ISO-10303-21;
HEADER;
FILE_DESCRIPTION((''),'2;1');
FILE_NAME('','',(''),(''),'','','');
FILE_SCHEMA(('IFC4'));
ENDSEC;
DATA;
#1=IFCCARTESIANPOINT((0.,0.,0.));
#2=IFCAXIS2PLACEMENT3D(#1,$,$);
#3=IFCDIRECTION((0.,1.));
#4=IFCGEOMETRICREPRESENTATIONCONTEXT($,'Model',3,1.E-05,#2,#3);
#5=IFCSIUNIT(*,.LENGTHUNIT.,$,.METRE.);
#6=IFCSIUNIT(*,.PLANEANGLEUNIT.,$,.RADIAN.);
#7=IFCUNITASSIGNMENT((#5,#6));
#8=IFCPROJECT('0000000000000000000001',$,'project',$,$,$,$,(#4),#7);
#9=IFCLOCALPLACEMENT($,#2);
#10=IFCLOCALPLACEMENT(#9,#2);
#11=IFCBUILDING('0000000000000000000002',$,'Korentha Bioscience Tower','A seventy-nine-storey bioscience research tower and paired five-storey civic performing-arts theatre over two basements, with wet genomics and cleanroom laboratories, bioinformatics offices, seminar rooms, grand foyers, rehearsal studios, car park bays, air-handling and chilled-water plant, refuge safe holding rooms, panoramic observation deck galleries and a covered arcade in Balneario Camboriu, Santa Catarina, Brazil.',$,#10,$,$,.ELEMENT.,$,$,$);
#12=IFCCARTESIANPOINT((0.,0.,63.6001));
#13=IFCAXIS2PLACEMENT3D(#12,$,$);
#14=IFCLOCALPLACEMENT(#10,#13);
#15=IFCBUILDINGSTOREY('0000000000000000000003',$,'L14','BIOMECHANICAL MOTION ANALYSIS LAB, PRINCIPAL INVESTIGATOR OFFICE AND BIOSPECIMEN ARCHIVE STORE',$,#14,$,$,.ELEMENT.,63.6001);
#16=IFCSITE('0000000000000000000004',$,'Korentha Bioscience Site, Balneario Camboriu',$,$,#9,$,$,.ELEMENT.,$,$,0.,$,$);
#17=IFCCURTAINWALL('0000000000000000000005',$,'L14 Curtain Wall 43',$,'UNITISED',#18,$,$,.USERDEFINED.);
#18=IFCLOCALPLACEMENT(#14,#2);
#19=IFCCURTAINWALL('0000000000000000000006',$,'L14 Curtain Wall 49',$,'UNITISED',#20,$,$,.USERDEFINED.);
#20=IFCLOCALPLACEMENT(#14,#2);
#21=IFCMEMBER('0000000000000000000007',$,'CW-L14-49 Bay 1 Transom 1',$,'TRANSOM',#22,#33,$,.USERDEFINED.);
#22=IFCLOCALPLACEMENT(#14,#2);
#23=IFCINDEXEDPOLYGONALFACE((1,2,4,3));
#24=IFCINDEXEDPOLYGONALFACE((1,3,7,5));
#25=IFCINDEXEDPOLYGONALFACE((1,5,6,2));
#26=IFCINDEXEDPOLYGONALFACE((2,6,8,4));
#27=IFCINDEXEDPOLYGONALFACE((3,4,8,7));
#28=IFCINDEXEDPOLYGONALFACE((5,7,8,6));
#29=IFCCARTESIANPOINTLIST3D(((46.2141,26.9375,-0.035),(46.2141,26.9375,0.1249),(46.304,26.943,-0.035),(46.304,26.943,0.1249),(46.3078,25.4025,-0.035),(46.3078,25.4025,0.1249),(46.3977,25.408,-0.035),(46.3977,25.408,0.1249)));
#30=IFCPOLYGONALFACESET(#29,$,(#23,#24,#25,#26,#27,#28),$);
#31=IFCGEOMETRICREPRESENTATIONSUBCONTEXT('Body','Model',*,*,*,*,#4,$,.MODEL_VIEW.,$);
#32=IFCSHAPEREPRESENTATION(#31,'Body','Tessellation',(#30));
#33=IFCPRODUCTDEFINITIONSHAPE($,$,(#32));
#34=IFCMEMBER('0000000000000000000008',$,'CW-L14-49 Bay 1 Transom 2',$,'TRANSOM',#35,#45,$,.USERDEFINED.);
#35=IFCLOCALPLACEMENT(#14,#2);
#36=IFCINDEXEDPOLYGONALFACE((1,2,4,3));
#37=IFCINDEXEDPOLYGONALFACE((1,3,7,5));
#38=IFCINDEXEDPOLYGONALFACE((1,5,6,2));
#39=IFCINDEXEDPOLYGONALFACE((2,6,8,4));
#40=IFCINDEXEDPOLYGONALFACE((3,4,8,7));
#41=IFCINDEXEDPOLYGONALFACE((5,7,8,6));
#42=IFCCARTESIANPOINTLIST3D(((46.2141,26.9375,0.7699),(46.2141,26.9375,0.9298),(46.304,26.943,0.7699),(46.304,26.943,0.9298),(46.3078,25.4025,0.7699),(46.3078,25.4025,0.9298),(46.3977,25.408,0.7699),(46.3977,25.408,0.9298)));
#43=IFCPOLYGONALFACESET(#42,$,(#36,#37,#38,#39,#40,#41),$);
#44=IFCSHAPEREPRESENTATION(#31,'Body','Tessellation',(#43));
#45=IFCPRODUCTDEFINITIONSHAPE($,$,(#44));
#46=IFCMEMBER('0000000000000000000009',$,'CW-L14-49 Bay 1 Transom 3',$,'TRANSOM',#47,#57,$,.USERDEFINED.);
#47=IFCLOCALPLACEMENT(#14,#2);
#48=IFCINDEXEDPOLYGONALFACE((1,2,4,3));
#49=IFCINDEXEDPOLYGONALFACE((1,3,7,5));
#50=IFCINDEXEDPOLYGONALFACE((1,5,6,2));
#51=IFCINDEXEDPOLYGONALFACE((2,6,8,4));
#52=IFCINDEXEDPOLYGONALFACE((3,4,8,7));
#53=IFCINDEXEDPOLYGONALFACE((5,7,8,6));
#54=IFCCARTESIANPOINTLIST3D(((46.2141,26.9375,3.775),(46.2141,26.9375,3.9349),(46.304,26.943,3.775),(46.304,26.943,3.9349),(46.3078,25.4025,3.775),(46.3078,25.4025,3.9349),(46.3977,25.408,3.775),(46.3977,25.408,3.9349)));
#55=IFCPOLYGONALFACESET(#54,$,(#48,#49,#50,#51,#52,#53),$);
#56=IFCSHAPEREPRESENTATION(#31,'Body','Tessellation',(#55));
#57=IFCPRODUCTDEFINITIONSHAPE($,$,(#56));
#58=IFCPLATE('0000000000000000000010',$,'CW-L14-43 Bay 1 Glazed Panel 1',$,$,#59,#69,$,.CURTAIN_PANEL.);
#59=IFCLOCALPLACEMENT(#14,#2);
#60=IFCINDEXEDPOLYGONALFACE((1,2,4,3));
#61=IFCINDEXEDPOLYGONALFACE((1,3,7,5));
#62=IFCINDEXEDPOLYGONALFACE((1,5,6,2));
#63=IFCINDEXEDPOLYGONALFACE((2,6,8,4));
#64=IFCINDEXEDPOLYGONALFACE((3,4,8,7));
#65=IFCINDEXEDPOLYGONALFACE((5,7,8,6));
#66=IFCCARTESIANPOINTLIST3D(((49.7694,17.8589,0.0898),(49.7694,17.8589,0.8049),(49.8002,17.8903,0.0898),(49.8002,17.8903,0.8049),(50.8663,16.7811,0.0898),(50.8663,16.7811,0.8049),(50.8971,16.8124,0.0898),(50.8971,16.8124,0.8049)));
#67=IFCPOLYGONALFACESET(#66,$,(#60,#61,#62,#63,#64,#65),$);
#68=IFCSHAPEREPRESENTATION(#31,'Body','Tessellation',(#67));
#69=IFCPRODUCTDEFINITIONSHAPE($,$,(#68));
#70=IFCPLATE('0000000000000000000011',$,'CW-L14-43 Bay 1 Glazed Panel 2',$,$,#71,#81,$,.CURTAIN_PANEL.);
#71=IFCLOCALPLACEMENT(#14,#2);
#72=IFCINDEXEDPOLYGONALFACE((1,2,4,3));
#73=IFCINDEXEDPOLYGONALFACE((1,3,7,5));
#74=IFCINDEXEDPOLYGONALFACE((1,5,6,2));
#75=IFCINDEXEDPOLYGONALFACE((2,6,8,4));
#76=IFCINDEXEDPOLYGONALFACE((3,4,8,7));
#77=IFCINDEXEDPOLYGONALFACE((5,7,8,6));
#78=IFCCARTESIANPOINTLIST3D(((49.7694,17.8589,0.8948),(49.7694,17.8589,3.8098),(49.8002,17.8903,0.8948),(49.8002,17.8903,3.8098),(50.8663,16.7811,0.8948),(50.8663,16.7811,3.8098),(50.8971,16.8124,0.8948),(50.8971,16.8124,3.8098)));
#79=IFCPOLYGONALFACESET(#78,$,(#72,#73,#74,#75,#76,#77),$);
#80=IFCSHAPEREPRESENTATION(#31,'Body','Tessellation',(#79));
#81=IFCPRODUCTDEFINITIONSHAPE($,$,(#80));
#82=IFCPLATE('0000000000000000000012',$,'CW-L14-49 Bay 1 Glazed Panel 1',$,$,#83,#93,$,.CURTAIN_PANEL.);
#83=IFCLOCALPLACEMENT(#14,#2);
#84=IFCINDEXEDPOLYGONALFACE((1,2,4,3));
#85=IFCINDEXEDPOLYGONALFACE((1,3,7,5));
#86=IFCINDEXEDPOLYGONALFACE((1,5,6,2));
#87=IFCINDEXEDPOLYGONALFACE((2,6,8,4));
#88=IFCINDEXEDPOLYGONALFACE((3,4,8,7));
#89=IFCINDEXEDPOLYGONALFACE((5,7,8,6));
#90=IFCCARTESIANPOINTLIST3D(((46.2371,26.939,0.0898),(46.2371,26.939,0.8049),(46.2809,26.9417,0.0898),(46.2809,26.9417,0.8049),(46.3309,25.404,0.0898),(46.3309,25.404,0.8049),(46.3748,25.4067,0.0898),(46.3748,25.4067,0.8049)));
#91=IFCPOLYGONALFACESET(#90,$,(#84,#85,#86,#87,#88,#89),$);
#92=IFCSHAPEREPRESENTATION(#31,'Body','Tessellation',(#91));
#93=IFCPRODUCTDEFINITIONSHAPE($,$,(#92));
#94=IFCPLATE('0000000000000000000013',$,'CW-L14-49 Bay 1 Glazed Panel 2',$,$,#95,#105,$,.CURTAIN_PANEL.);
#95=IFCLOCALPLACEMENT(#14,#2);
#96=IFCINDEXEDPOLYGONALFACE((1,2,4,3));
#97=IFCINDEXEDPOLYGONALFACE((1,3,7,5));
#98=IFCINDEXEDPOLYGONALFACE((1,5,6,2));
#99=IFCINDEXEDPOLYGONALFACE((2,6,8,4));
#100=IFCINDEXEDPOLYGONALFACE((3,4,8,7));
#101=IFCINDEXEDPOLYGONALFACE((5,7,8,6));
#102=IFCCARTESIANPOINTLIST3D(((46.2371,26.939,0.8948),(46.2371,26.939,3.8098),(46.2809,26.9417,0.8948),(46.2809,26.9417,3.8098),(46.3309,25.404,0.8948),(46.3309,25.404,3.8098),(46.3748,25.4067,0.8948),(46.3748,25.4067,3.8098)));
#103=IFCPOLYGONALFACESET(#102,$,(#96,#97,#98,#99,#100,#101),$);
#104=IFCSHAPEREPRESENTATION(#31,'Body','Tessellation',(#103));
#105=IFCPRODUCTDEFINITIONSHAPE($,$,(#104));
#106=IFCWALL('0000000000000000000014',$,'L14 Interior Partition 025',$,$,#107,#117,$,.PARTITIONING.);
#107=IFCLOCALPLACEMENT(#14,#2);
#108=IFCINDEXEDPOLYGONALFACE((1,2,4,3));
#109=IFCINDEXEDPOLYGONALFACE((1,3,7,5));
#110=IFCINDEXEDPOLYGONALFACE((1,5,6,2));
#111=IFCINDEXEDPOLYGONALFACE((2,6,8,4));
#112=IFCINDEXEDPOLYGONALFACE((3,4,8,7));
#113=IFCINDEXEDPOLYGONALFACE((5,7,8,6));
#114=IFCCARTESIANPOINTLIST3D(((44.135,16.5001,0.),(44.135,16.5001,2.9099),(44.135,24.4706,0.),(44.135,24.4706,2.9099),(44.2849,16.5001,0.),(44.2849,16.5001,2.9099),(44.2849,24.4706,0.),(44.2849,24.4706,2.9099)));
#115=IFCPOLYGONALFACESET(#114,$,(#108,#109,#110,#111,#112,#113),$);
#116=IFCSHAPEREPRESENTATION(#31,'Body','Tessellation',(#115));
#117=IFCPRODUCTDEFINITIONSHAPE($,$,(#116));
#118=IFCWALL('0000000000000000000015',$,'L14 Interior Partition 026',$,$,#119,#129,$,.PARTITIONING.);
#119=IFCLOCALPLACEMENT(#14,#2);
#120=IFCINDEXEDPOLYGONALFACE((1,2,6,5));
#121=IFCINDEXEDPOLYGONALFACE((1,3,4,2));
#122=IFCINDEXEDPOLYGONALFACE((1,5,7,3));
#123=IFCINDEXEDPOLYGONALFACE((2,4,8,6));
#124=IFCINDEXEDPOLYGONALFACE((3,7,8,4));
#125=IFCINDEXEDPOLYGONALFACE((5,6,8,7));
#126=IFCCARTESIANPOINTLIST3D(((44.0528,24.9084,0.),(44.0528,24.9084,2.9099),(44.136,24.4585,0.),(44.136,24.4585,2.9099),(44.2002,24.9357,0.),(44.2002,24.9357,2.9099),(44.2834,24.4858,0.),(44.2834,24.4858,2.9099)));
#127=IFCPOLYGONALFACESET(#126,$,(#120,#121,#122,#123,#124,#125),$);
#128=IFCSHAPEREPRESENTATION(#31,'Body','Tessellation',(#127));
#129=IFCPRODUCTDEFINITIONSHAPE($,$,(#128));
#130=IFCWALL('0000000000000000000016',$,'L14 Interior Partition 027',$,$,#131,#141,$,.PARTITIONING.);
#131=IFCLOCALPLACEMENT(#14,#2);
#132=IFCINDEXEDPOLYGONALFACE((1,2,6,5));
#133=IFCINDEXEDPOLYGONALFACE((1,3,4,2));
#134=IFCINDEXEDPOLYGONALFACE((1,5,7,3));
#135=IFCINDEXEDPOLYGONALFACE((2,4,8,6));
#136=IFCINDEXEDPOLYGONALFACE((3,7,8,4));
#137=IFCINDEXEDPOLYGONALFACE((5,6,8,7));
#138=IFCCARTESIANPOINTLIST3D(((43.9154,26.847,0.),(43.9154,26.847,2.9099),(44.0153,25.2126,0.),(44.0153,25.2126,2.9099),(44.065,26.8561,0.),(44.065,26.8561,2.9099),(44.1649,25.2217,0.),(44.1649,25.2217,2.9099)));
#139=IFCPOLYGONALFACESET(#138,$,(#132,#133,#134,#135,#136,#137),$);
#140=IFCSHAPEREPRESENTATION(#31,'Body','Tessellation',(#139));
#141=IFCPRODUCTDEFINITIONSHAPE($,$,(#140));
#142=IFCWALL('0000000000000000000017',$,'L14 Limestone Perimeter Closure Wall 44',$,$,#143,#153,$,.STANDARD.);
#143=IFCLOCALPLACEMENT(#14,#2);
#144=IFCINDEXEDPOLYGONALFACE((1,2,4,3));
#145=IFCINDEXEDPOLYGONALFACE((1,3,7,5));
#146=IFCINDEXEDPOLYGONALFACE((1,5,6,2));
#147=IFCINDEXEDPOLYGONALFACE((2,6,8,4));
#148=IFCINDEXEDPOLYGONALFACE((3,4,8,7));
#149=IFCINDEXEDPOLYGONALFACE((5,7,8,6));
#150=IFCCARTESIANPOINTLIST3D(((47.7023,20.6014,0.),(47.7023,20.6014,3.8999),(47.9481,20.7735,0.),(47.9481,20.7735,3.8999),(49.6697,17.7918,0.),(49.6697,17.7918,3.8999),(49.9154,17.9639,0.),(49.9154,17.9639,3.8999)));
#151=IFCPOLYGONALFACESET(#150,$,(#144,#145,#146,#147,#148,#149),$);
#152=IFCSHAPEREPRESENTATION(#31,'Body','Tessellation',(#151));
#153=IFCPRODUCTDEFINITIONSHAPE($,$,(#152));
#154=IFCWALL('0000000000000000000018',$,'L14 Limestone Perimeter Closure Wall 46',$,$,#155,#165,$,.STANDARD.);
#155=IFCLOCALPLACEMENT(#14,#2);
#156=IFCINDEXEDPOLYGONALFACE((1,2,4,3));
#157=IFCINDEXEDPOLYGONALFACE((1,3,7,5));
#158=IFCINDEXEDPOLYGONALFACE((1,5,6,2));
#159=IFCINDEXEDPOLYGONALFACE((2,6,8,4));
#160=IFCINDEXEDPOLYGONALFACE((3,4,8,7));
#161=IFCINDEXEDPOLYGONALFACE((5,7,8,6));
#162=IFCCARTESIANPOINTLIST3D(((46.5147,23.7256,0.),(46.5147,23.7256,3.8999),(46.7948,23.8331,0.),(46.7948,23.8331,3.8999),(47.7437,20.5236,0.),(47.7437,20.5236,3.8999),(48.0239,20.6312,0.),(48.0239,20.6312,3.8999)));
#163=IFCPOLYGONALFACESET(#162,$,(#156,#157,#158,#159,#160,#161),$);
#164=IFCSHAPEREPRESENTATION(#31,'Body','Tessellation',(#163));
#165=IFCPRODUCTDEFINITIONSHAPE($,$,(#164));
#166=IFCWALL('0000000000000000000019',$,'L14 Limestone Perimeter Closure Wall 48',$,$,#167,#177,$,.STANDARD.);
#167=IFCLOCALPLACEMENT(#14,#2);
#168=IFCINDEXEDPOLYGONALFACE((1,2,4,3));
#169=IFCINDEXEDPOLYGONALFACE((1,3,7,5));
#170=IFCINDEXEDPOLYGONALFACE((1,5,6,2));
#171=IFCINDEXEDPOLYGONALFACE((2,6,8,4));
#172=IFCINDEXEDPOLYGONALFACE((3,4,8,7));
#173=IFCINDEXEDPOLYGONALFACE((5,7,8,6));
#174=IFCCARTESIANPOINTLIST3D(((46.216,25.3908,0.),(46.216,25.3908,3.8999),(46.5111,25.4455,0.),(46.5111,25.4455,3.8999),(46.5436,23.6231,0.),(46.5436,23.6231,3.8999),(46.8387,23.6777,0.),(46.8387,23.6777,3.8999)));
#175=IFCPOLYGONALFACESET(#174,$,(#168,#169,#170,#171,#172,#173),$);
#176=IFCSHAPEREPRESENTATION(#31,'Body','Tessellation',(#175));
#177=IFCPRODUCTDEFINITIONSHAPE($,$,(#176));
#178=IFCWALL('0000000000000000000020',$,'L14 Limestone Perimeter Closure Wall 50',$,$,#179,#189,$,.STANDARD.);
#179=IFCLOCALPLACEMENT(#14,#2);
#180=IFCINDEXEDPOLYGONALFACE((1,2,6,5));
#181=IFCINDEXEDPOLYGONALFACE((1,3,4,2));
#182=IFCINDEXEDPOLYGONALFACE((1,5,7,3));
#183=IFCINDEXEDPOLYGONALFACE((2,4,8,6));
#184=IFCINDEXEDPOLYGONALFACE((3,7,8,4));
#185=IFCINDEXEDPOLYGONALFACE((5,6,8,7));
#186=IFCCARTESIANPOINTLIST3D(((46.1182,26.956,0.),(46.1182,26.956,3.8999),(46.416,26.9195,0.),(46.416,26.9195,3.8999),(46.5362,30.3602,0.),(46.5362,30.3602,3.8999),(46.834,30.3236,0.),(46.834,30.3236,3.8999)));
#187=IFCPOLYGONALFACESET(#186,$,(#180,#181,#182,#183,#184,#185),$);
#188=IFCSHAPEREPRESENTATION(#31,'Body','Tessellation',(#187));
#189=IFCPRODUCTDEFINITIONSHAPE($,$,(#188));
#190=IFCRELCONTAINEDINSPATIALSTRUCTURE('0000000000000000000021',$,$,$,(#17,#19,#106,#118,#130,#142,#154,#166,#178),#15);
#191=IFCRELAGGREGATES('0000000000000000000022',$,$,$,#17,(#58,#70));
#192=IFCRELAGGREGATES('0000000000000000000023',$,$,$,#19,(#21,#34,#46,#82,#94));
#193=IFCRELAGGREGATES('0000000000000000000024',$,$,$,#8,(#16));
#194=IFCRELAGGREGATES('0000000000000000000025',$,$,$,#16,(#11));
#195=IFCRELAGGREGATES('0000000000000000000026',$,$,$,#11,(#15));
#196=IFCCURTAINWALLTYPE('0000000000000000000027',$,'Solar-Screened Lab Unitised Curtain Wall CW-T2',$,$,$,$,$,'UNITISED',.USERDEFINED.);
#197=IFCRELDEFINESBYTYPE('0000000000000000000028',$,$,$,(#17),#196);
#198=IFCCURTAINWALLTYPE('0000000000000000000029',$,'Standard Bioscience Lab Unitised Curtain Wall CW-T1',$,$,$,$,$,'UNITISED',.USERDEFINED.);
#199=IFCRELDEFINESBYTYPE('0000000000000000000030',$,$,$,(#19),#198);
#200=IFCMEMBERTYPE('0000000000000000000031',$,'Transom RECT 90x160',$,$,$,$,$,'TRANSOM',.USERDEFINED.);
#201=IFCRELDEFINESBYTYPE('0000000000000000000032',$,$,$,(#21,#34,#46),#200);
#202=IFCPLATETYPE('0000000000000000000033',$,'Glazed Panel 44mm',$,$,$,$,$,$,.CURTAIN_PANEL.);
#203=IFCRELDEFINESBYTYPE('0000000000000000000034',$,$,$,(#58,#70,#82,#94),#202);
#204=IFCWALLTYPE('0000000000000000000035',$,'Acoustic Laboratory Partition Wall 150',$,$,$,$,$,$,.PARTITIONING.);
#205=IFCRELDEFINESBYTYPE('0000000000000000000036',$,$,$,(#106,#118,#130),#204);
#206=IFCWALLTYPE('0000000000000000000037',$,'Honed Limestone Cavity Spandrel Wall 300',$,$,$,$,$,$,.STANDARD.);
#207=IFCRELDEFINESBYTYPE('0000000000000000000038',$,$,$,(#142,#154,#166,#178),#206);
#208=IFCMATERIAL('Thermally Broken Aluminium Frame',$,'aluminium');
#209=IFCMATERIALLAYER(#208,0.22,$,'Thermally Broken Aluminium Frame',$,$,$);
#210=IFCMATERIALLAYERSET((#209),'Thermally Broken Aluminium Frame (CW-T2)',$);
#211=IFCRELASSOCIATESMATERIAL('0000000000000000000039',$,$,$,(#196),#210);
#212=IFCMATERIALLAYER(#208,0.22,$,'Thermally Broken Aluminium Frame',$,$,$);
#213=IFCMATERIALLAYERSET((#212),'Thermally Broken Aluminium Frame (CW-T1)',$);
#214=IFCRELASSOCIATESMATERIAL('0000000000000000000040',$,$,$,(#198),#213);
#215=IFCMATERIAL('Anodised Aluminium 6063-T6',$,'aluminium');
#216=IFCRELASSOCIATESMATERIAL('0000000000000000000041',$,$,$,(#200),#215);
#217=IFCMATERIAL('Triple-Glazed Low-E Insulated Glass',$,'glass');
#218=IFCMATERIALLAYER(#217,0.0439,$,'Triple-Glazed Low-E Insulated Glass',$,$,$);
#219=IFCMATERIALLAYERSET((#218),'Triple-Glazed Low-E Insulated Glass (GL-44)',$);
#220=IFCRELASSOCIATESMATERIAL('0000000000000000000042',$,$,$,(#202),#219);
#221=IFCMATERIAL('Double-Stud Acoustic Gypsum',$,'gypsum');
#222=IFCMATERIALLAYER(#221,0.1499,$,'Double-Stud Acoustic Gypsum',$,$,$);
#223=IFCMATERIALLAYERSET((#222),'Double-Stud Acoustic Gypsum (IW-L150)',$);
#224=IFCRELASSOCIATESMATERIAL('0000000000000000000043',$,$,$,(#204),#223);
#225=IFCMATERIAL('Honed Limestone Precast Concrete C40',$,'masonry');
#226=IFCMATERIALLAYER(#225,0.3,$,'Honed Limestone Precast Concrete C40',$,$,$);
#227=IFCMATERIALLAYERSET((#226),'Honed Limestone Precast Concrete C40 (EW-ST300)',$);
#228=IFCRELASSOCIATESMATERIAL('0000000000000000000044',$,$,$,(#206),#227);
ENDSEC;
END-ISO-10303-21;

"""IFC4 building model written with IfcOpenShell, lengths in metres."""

from ifc_helpers import new_model, si_unit, direction, frame, frame_2d, origin, origin_2d, place, context, subcontext, project, spatial, rectangle, extrude, material, layer, layer_set, material_profile, profile_set, type_object, element, aggregate, save


model = new_model("IFC4")

# Units and contexts
model_context = context("Model", 3, precision=1e-05, world=origin(), true_north=direction((0.0, 1.0)))
body_context = subcontext(model_context, "Body", "Model", "MODEL_VIEW")
ifc_project = project(units=[si_unit("LENGTHUNIT", "METRE"), si_unit("PLANEANGLEUNIT", "RADIAN")], contexts=[model_context])

# Site, building, storey
site_placement = place(None, origin())
site = spatial("IfcSite", under=ifc_project, at=site_placement, Name="Korentha Bioscience Site, Balneario Camboriu", CompositionType="ELEMENT", RefElevation=0.0)
building_placement = place(site_placement, origin())
building = spatial("IfcBuilding", under=site, at=building_placement, Name="Korentha Bioscience Tower", Description="A seventy-nine-storey bioscience research tower and paired five-storey civic performing-arts theatre over two basements, with wet genomics and cleanroom laboratories, bioinformatics offices, seminar rooms, grand foyers, rehearsal studios, car park bays, air-handling and chilled-water plant, refuge safe holding rooms, panoramic observation deck galleries and a covered arcade in Balneario Camboriu, Santa Catarina, Brazil.", CompositionType="ELEMENT")
storey_placement = place(building_placement, frame((0.0, 0.0, 63.6001)))
storey = spatial("IfcBuildingStorey", under=building, at=storey_placement, Name="L14", Description="BIOMECHANICAL MOTION ANALYSIS LAB, PRINCIPAL INVESTIGATOR OFFICE AND BIOSPECIMEN ARCHIVE STORE", CompositionType="ELEMENT", Elevation=63.6001)

# Curtain wall
ifc_material_1 = material(Name="Thermally Broken Aluminium Frame", Category="aluminium")
ifc_layer_1 = layer(ifc_material_1, 0.22, Name="Thermally Broken Aluminium Frame")
ifc_layer_set_1 = layer_set([ifc_layer_1], Name="Thermally Broken Aluminium Frame (CW-T2)")
curtain_wall_type_1 = type_object("IfcCurtainWallType", Name="Solar-Screened Lab Unitised Curtain Wall CW-T2", ElementType="UNITISED", PredefinedType="USERDEFINED", material=ifc_layer_set_1)
curtain_wall_1_placement = place(storey_placement, origin())
curtain_wall_1 = element("IfcCurtainWall", 1, at=curtain_wall_1_placement, inside=storey, type_object=curtain_wall_type_1, Name="L14 Curtain Wall 43", ObjectType="UNITISED", PredefinedType="USERDEFINED")
ifc_material_2 = material(Name="Anodised Aluminium 6063-T6", Category="aluminium")

# Curtain wall
ifc_layer_2 = layer(ifc_material_1, 0.22, Name="Thermally Broken Aluminium Frame")
ifc_layer_set_2 = layer_set([ifc_layer_2], Name="Thermally Broken Aluminium Frame (CW-T1)")
curtain_wall_type_2 = type_object("IfcCurtainWallType", Name="Standard Bioscience Lab Unitised Curtain Wall CW-T1", ElementType="UNITISED", PredefinedType="USERDEFINED", material=ifc_layer_set_2)
curtain_wall_2_placement = place(storey_placement, origin())
curtain_wall_2 = element("IfcCurtainWall", 2, at=curtain_wall_2_placement, inside=storey, type_object=curtain_wall_type_2, Name="L14 Curtain Wall 49", ObjectType="UNITISED", PredefinedType="USERDEFINED")

# Members
ifc_material_profile_1 = material_profile(ifc_material_2, rectangle(XDim=0.0901, YDim=0.1599, at=origin_2d()), Name="Anodised Aluminium 6063-T6")
ifc_profile_set_1 = profile_set([ifc_material_profile_1], Name="Anodised Aluminium 6063-T6 (CW-TRN)")
member_type_1 = type_object("IfcMemberType", Name="Transom RECT 90x160", ElementType="TRANSOM", PredefinedType="USERDEFINED", material=ifc_profile_set_1)
member_1_placement = place(storey_placement, frame((46.3528, 25.4053, 0.0449), z_axis=(-0.060965, 0.99814, 0.0), x_axis=(-0.99814, -0.060965, 0.0)))
member_1 = element("IfcMember", 3, at=member_1_placement, type_object=member_type_1, Name="CW-L14-49 Bay 1 Transom 1", ObjectType="TRANSOM", PredefinedType="USERDEFINED", context=body_context, shape_type="SweptSolid", body=[
    extrude(rectangle(XDim=0.0901, YDim=0.1599, at=origin_2d()), origin(), (0.0, 0.0, 1.0), 1.5378),
])
member_2_placement = place(storey_placement, frame((46.3528, 25.4053, 0.8499), z_axis=(-0.060965, 0.99814, 0.0), x_axis=(-0.99814, -0.060965, 0.0)))
member_2 = element("IfcMember", 4, at=member_2_placement, type_object=member_type_1, Name="CW-L14-49 Bay 1 Transom 2", ObjectType="TRANSOM", PredefinedType="USERDEFINED", context=body_context, shape_type="SweptSolid", body=[
    extrude(rectangle(XDim=0.0901, YDim=0.1599, at=origin_2d()), origin(), (0.0, 0.0, 1.0), 1.5378),
])
member_3_placement = place(storey_placement, frame((46.3528, 25.4053, 3.855), z_axis=(-0.060965, 0.99814, 0.0), x_axis=(-0.99814, -0.060965, 0.0)))
member_3 = element("IfcMember", 5, at=member_3_placement, type_object=member_type_1, Name="CW-L14-49 Bay 1 Transom 3", ObjectType="TRANSOM", PredefinedType="USERDEFINED", context=body_context, shape_type="SweptSolid", body=[
    extrude(rectangle(XDim=0.0901, YDim=0.1599, at=origin_2d()), origin(), (0.0, 0.0, 1.0), 1.5378),
])

# Plates
ifc_material_3 = material(Name="Triple-Glazed Low-E Insulated Glass", Category="glass")
ifc_layer_3 = layer(ifc_material_3, 0.0439, Name="Triple-Glazed Low-E Insulated Glass")
ifc_layer_set_3 = layer_set([ifc_layer_3], Name="Triple-Glazed Low-E Insulated Glass (GL-44)")
plate_type = type_object("IfcPlateType", Name="Glazed Panel 44mm", PredefinedType="CURTAIN_PANEL", material=ifc_layer_set_3)
plate_1_placement = place(storey_placement, frame((50.3333, 17.3357, 0.0898), z_axis=(0.0, 0.0, 1.0), x_axis=(-0.713279, 0.70088, 0.0)))
plate_1 = element("IfcPlate", 6, at=plate_1_placement, type_object=plate_type, Name="CW-L14-43 Bay 1 Glazed Panel 1", PredefinedType="CURTAIN_PANEL", context=body_context, shape_type="SweptSolid", body=[
    extrude(rectangle(XDim=1.5378, YDim=0.0439, at=origin_2d()), origin(), (0.0, 0.0, 1.0), 0.7151),
])
plate_2_placement = place(storey_placement, frame((50.3333, 17.3357, 0.8948), z_axis=(0.0, 0.0, 1.0), x_axis=(-0.713279, 0.70088, 0.0)))
plate_2 = element("IfcPlate", 7, at=plate_2_placement, type_object=plate_type, Name="CW-L14-43 Bay 1 Glazed Panel 2", PredefinedType="CURTAIN_PANEL", context=body_context, shape_type="SweptSolid", body=[
    extrude(rectangle(XDim=1.5378, YDim=0.0439, at=origin_2d()), origin(), (0.0, 0.0, 1.0), 2.915),
])
aggregate(curtain_wall_1, [plate_1, plate_2])
plate_3_placement = place(storey_placement, frame((46.3059, 26.1729, 0.0898), z_axis=(0.0, 0.0, 1.0), x_axis=(-0.061008, 0.998137, 0.0)))
plate_3 = element("IfcPlate", 8, at=plate_3_placement, type_object=plate_type, Name="CW-L14-49 Bay 1 Glazed Panel 1", PredefinedType="CURTAIN_PANEL", context=body_context, shape_type="SweptSolid", body=[
    extrude(rectangle(XDim=1.5378, YDim=0.0439, at=origin_2d()), origin(), (0.0, 0.0, 1.0), 0.7151),
])
plate_4_placement = place(storey_placement, frame((46.3059, 26.1729, 0.8948), z_axis=(0.0, 0.0, 1.0), x_axis=(-0.061008, 0.998137, 0.0)))
plate_4 = element("IfcPlate", 9, at=plate_4_placement, type_object=plate_type, Name="CW-L14-49 Bay 1 Glazed Panel 2", PredefinedType="CURTAIN_PANEL", context=body_context, shape_type="SweptSolid", body=[
    extrude(rectangle(XDim=1.5378, YDim=0.0439, at=origin_2d()), origin(), (0.0, 0.0, 1.0), 2.915),
])
aggregate(curtain_wall_2, [member_1, member_2, member_3, plate_3, plate_4])

# Walls
ifc_material_4 = material(Name="Double-Stud Acoustic Gypsum", Category="gypsum")
ifc_layer_4 = layer(ifc_material_4, 0.1499, Name="Double-Stud Acoustic Gypsum")
ifc_layer_set_4 = layer_set([ifc_layer_4], Name="Double-Stud Acoustic Gypsum (IW-L150)")
wall_type_1 = type_object("IfcWallType", Name="Acoustic Laboratory Partition Wall 150", PredefinedType="PARTITIONING", material=ifc_layer_set_4)
wall_1_placement = place(storey_placement, frame((44.21, 16.5, 0.0), z_axis=(0.0, 0.0, 1.0), x_axis=(0.0, 1.0, 0.0)))
element("IfcWall", 10, at=wall_1_placement, inside=storey, type_object=wall_type_1, Name="L14 Interior Partition 025", PredefinedType="PARTITIONING", context=body_context, shape_type="SweptSolid", body=[
    extrude(rectangle(XDim=7.9705, YDim=0.1499, at=frame_2d((3.9854, 0.0))), origin(), (0.0, 0.0, 1.0), 2.9099),
])
wall_2_placement = place(storey_placement, frame((44.2097, 24.4722, 0.0), z_axis=(0.0, 0.0, 1.0), x_axis=(-0.181936, 0.98331, 0.0)))
element("IfcWall", 11, at=wall_2_placement, inside=storey, type_object=wall_type_1, Name="L14 Interior Partition 026", PredefinedType="PARTITIONING", context=body_context, shape_type="SweptSolid", body=[
    extrude(rectangle(XDim=0.4575, YDim=0.1499, at=frame_2d((0.2288, 0.0))), origin(), (0.0, 0.0, 1.0), 2.9099),
])
wall_3_placement = place(storey_placement, frame((44.0901, 25.217, 0.0), z_axis=(0.0, 0.0, 1.0), x_axis=(-0.060977, 0.998139, 0.0)))
element("IfcWall", 12, at=wall_3_placement, inside=storey, type_object=wall_type_1, Name="L14 Interior Partition 027", PredefinedType="PARTITIONING", context=body_context, shape_type="SweptSolid", body=[
    extrude(rectangle(XDim=1.6375, YDim=0.1499, at=frame_2d((0.8188, 0.0))), origin(), (0.0, 0.0, 1.0), 2.9099),
])
ifc_material_5 = material(Name="Honed Limestone Precast Concrete C40", Category="masonry")
ifc_layer_5 = layer(ifc_material_5, 0.3, Name="Honed Limestone Precast Concrete C40")
ifc_layer_set_5 = layer_set([ifc_layer_5], Name="Honed Limestone Precast Concrete C40 (EW-ST300)")
wall_type_2 = type_object("IfcWallType", Name="Honed Limestone Cavity Spandrel Wall 300", PredefinedType="STANDARD", material=ifc_layer_set_5)
wall_4_placement = place(storey_placement, frame((49.7925, 17.8779, 0.0), z_axis=(0.0, 0.0, 1.0), x_axis=(-0.573577, 0.819152, 0.0)))
element("IfcWall", 13, at=wall_4_placement, inside=storey, type_object=wall_type_2, Name="L14 Limestone Perimeter Closure Wall 44", PredefinedType="STANDARD", context=body_context, shape_type="SweptSolid", body=[
    extrude(rectangle(XDim=3.4299, YDim=0.3, at=frame_2d((1.7148, 0.0))), origin(), (0.0, 0.0, 1.0), 3.8999),
])
wall_5_placement = place(storey_placement, frame((47.8838, 20.5774, 0.0), z_axis=(0.0, 0.0, 1.0), x_axis=(-0.358345, 0.933589, 0.0)))
element("IfcWall", 14, at=wall_5_placement, inside=storey, type_object=wall_type_2, Name="L14 Limestone Perimeter Closure Wall 46", PredefinedType="STANDARD", context=body_context, shape_type="SweptSolid", body=[
    extrude(rectangle(XDim=3.4297, YDim=0.3, at=frame_2d((1.7148, 0.0))), origin(), (0.0, 0.0, 1.0), 3.8999),
])
wall_6_placement = place(storey_placement, frame((46.6912, 23.6504, 0.0), z_axis=(0.0, 0.0, 1.0), x_axis=(-0.18223, 0.983256, 0.0)))
element("IfcWall", 15, at=wall_6_placement, inside=storey, type_object=wall_type_2, Name="L14 Limestone Perimeter Closure Wall 48", PredefinedType="STANDARD", context=body_context, shape_type="SweptSolid", body=[
    extrude(rectangle(XDim=1.7979, YDim=0.3, at=frame_2d((0.8989, 0.0))), origin(), (0.0, 0.0, 1.0), 3.8999),
])
wall_7_placement = place(storey_placement, frame((46.2671, 26.9377, 0.0), z_axis=(0.0, 0.0, 1.0), x_axis=(0.12187, 0.992546, 0.0)))
element("IfcWall", 16, at=wall_7_placement, inside=storey, type_object=wall_type_2, Name="L14 Limestone Perimeter Closure Wall 50", PredefinedType="STANDARD", context=body_context, shape_type="SweptSolid", body=[
    extrude(rectangle(XDim=3.4297, YDim=0.3, at=frame_2d((1.7148, 0.0))), origin(), (0.0, 0.0, 1.0), 3.8999),
])

save(model, "model.ifc")
